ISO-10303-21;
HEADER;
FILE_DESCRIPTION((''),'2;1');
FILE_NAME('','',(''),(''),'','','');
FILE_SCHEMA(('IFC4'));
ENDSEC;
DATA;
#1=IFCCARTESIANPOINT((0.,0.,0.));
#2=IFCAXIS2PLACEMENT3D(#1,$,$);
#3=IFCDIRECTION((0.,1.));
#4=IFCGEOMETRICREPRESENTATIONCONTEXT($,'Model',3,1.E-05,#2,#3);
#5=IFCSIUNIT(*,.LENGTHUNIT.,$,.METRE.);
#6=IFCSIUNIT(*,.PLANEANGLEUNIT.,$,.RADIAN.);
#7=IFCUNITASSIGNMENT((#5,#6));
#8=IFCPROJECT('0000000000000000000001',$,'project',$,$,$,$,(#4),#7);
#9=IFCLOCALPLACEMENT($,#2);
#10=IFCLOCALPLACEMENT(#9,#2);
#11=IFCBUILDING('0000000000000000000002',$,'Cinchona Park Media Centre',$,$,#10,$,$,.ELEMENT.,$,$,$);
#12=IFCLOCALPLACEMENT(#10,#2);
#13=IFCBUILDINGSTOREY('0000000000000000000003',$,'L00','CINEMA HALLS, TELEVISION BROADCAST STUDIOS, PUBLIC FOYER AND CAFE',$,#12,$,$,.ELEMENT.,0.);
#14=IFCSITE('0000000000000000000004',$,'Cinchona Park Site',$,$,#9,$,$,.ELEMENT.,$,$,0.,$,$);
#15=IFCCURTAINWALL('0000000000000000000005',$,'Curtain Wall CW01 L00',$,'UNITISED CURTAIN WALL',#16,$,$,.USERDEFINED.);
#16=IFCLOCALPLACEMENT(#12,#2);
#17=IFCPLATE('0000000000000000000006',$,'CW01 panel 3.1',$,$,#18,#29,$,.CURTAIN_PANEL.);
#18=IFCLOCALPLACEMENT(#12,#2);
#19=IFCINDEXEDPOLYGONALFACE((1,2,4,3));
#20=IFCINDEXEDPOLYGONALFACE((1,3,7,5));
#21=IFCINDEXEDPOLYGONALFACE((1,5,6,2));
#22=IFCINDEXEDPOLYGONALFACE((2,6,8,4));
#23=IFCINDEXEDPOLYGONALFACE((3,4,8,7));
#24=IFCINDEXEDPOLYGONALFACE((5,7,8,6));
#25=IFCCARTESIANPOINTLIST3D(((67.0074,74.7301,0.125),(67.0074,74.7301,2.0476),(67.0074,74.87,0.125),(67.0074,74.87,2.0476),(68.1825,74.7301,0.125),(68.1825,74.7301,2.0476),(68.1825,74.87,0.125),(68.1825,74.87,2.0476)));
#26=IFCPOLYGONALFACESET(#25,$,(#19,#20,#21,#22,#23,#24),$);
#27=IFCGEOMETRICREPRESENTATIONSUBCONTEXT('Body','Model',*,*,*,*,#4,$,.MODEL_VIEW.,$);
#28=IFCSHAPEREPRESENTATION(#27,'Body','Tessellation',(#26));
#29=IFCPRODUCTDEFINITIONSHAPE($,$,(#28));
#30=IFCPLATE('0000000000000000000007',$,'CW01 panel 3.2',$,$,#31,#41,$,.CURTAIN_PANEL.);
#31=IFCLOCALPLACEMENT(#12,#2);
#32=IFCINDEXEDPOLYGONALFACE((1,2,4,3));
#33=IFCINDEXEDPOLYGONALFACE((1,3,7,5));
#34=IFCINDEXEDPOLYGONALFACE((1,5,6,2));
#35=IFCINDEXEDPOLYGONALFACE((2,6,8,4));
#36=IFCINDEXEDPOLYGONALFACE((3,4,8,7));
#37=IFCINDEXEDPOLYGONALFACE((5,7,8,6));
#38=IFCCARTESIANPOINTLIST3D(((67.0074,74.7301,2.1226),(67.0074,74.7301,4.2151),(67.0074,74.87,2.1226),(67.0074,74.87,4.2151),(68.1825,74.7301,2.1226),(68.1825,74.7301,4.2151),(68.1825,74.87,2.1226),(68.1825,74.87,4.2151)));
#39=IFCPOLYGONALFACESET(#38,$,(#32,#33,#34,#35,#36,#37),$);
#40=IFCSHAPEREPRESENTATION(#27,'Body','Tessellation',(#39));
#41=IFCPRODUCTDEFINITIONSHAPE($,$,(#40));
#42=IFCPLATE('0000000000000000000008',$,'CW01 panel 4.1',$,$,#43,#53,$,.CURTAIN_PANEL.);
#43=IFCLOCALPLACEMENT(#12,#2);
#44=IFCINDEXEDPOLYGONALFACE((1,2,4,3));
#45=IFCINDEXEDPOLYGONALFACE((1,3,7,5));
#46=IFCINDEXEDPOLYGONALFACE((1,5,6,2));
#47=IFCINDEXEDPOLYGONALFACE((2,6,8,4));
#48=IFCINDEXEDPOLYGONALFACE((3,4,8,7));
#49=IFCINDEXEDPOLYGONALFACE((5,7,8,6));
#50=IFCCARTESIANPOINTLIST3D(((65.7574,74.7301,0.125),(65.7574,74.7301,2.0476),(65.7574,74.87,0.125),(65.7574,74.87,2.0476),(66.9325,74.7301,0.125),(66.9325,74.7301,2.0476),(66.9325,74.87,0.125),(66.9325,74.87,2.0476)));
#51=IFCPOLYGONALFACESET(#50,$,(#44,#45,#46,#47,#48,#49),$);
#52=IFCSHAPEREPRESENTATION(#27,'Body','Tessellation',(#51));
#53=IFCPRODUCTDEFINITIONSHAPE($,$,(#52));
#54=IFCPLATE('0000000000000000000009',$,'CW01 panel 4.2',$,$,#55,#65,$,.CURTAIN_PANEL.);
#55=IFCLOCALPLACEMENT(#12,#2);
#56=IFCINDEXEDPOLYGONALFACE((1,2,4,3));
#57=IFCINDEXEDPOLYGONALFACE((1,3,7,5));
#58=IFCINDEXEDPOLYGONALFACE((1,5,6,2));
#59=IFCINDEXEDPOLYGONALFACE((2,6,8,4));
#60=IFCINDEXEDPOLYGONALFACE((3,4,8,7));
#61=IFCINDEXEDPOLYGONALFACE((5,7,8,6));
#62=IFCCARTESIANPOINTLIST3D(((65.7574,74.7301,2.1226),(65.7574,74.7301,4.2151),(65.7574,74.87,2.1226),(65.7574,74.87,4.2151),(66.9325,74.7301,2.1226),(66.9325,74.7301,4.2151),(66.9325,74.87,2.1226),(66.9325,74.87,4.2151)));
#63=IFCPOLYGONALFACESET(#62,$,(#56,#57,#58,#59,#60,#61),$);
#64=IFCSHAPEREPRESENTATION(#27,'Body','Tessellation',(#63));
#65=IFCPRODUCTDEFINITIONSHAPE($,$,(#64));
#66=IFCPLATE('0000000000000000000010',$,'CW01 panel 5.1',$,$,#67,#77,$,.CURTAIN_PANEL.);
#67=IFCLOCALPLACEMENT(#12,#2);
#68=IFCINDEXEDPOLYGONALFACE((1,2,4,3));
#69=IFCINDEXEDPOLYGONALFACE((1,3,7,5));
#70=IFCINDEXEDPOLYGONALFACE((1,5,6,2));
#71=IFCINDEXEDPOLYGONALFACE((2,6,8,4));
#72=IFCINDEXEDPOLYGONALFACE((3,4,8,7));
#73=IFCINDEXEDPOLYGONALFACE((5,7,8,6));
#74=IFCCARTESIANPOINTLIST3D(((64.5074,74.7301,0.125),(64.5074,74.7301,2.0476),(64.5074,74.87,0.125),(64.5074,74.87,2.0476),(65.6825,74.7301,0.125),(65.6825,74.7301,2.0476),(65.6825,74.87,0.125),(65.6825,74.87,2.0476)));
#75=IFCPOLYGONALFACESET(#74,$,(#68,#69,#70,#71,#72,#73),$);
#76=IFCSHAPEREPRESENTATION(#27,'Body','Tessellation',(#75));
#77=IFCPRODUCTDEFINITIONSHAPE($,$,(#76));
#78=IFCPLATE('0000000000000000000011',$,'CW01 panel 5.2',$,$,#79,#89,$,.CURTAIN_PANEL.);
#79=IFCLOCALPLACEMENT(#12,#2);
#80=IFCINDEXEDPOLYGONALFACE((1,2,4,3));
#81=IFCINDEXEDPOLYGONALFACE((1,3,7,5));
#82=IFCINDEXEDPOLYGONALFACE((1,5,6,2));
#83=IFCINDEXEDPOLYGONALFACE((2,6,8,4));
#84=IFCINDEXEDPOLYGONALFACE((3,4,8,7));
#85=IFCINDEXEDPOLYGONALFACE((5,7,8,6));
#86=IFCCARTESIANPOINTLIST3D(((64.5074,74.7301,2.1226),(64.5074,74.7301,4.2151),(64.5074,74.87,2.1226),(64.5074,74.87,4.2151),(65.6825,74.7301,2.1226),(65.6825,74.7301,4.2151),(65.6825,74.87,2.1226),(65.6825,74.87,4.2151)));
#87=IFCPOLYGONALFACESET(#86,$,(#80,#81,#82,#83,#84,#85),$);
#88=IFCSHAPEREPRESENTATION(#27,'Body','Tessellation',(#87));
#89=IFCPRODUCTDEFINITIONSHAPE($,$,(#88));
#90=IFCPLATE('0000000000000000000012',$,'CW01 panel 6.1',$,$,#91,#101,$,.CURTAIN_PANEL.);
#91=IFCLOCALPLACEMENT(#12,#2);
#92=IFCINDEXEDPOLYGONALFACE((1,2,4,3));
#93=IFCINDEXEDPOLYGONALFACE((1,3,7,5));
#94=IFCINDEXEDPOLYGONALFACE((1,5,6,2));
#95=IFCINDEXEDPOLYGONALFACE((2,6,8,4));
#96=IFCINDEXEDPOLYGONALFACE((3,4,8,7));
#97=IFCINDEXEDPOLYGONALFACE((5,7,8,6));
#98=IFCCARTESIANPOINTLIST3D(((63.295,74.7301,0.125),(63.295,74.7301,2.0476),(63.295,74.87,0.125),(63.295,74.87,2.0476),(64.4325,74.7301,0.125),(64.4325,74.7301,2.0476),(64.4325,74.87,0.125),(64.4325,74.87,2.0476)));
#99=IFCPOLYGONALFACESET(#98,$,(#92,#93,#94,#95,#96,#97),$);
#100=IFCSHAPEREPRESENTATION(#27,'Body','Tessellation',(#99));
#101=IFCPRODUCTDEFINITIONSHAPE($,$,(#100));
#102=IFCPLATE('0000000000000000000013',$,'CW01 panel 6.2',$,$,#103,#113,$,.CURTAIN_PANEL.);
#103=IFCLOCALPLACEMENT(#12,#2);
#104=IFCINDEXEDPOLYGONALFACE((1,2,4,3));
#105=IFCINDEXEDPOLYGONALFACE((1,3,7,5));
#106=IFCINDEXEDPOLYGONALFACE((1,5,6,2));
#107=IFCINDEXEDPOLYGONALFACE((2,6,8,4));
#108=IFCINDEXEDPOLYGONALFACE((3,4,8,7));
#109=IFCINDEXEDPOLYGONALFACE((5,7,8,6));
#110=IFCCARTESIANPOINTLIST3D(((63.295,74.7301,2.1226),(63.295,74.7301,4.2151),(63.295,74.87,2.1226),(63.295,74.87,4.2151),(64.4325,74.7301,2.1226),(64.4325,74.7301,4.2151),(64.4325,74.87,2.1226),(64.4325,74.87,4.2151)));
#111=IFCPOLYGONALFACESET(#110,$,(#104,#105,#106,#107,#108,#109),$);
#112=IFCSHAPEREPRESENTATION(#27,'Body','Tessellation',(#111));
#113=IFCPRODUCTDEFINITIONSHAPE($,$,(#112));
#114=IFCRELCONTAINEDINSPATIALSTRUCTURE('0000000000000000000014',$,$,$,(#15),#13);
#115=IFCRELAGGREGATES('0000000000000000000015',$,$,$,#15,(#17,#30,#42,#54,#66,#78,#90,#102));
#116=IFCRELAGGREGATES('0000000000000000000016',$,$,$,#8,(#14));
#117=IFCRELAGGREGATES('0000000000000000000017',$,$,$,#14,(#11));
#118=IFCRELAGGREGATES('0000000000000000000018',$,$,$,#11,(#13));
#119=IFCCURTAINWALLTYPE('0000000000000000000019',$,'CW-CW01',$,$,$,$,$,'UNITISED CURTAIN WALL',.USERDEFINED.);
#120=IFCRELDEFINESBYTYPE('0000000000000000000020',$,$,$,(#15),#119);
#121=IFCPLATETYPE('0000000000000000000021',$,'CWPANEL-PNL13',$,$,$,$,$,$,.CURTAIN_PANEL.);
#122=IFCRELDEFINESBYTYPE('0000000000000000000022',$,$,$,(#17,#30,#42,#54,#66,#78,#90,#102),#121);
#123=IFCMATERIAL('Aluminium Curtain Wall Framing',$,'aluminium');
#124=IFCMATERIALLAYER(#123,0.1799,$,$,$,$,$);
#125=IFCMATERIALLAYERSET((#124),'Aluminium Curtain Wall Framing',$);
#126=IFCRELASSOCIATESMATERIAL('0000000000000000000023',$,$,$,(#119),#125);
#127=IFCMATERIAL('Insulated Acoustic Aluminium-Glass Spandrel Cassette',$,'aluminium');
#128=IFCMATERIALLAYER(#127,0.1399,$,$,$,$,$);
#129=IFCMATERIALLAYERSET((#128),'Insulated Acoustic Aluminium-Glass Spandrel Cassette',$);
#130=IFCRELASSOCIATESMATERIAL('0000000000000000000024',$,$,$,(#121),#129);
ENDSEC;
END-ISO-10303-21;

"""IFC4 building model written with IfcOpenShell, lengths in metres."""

from ifc_helpers import new_model, si_unit, direction, frame, origin, origin_2d, place, context, subcontext, project, spatial, rectangle, extrude, material, layer, layer_set, type_object, element, aggregate, save


model = new_model("IFC4")

# Units and contexts
model_context = context("Model", 3, precision=1e-05, world=origin(), true_north=direction((0.0, 1.0)))
body_context = subcontext(model_context, "Body", "Model", "MODEL_VIEW")
ifc_project = project(units=[si_unit("LENGTHUNIT", "METRE"), si_unit("PLANEANGLEUNIT", "RADIAN")], contexts=[model_context])

# Site, building, storey
site_placement = place(None, origin())
site = spatial("IfcSite", under=ifc_project, at=site_placement, Name="Cinchona Park Site", CompositionType="ELEMENT", RefElevation=0.0)
building_placement = place(site_placement, origin())
building = spatial("IfcBuilding", under=site, at=building_placement, Name="Cinchona Park Media Centre", CompositionType="ELEMENT")
storey_placement = place(building_placement, origin())
storey = spatial("IfcBuildingStorey", under=building, at=storey_placement, Name="L00", Description="CINEMA HALLS, TELEVISION BROADCAST STUDIOS, PUBLIC FOYER AND CAFE", CompositionType="ELEMENT", Elevation=0.0)

# Curtain wall, plates
ifc_material_1 = material(Name="Aluminium Curtain Wall Framing", Category="aluminium")
ifc_layer_1 = layer(ifc_material_1, 0.1799)
ifc_layer_set_1 = layer_set([ifc_layer_1], Name="Aluminium Curtain Wall Framing")
curtain_wall_type = type_object("IfcCurtainWallType", Name="CW-CW01", ElementType="UNITISED CURTAIN WALL", PredefinedType="USERDEFINED", material=ifc_layer_set_1)
curtain_wall_placement = place(storey_placement, origin())
curtain_wall = element("IfcCurtainWall", 1, at=curtain_wall_placement, inside=storey, type_object=curtain_wall_type, Name="Curtain Wall CW01 L00", ObjectType="UNITISED CURTAIN WALL", PredefinedType="USERDEFINED")
ifc_material_2 = material(Name="Insulated Acoustic Aluminium-Glass Spandrel Cassette", Category="aluminium")
ifc_layer_2 = layer(ifc_material_2, 0.1399)
ifc_layer_set_2 = layer_set([ifc_layer_2], Name="Insulated Acoustic Aluminium-Glass Spandrel Cassette")
plate_type = type_object("IfcPlateType", Name="CWPANEL-PNL13", PredefinedType="CURTAIN_PANEL", material=ifc_layer_set_2)
plate_1_placement = place(storey_placement, frame((67.595, 74.8, 0.125), z_axis=(0.0, 0.0, 1.0), x_axis=(-1.0, 0.0, 0.0)))
plate_1 = element("IfcPlate", 2, at=plate_1_placement, type_object=plate_type, Name="CW01 panel 3.1", PredefinedType="CURTAIN_PANEL", context=body_context, shape_type="SweptSolid", body=[
    extrude(rectangle(XDim=1.175, YDim=0.1399, at=origin_2d()), origin(), (0.0, 0.0, 1.0), 1.9226),
])
plate_2_placement = place(storey_placement, frame((67.595, 74.8, 2.1226), z_axis=(0.0, 0.0, 1.0), x_axis=(-1.0, 0.0, 0.0)))
plate_2 = element("IfcPlate", 3, at=plate_2_placement, type_object=plate_type, Name="CW01 panel 3.2", PredefinedType="CURTAIN_PANEL", context=body_context, shape_type="SweptSolid", body=[
    extrude(rectangle(XDim=1.175, YDim=0.1399, at=origin_2d()), origin(), (0.0, 0.0, 1.0), 2.0925),
])
plate_3_placement = place(storey_placement, frame((66.345, 74.8, 0.125), z_axis=(0.0, 0.0, 1.0), x_axis=(-1.0, 0.0, 0.0)))
plate_3 = element("IfcPlate", 4, at=plate_3_placement, type_object=plate_type, Name="CW01 panel 4.1", PredefinedType="CURTAIN_PANEL", context=body_context, shape_type="SweptSolid", body=[
    extrude(rectangle(XDim=1.175, YDim=0.1399, at=origin_2d()), origin(), (0.0, 0.0, 1.0), 1.9226),
])
plate_4_placement = place(storey_placement, frame((66.345, 74.8, 2.1226), z_axis=(0.0, 0.0, 1.0), x_axis=(-1.0, 0.0, 0.0)))
plate_4 = element("IfcPlate", 5, at=plate_4_placement, type_object=plate_type, Name="CW01 panel 4.2", PredefinedType="CURTAIN_PANEL", context=body_context, shape_type="SweptSolid", body=[
    extrude(rectangle(XDim=1.175, YDim=0.1399, at=origin_2d()), origin(), (0.0, 0.0, 1.0), 2.0925),
])
plate_5_placement = place(storey_placement, frame((65.095, 74.8, 0.125), z_axis=(0.0, 0.0, 1.0), x_axis=(-1.0, 0.0, 0.0)))
plate_5 = element("IfcPlate", 6, at=plate_5_placement, type_object=plate_type, Name="CW01 panel 5.1", PredefinedType="CURTAIN_PANEL", context=body_context, shape_type="SweptSolid", body=[
    extrude(rectangle(XDim=1.175, YDim=0.1399, at=origin_2d()), origin(), (0.0, 0.0, 1.0), 1.9226),
])
plate_6_placement = place(storey_placement, frame((65.095, 74.8, 2.1226), z_axis=(0.0, 0.0, 1.0), x_axis=(-1.0, 0.0, 0.0)))
plate_6 = element("IfcPlate", 7, at=plate_6_placement, type_object=plate_type, Name="CW01 panel 5.2", PredefinedType="CURTAIN_PANEL", context=body_context, shape_type="SweptSolid", body=[
    extrude(rectangle(XDim=1.175, YDim=0.1399, at=origin_2d()), origin(), (0.0, 0.0, 1.0), 2.0925),
])
plate_7_placement = place(storey_placement, frame((63.8638, 74.8, 0.125), z_axis=(0.0, 0.0, 1.0), x_axis=(-1.0, 0.0, 0.0)))
plate_7 = element("IfcPlate", 8, at=plate_7_placement, type_object=plate_type, Name="CW01 panel 6.1", PredefinedType="CURTAIN_PANEL", context=body_context, shape_type="SweptSolid", body=[
    extrude(rectangle(XDim=1.1375, YDim=0.1399, at=origin_2d()), origin(), (0.0, 0.0, 1.0), 1.9226),
])
plate_8_placement = place(storey_placement, frame((63.8638, 74.8, 2.1226), z_axis=(0.0, 0.0, 1.0), x_axis=(-1.0, 0.0, 0.0)))
plate_8 = element("IfcPlate", 9, at=plate_8_placement, type_object=plate_type, Name="CW01 panel 6.2", PredefinedType="CURTAIN_PANEL", context=body_context, shape_type="SweptSolid", body=[
    extrude(rectangle(XDim=1.1375, YDim=0.1399, at=origin_2d()), origin(), (0.0, 0.0, 1.0), 2.0925),
])
aggregate(curtain_wall, [plate_1, plate_2, plate_3, plate_4, plate_5, plate_6, plate_7, plate_8])

save(model, "model.ifc")
